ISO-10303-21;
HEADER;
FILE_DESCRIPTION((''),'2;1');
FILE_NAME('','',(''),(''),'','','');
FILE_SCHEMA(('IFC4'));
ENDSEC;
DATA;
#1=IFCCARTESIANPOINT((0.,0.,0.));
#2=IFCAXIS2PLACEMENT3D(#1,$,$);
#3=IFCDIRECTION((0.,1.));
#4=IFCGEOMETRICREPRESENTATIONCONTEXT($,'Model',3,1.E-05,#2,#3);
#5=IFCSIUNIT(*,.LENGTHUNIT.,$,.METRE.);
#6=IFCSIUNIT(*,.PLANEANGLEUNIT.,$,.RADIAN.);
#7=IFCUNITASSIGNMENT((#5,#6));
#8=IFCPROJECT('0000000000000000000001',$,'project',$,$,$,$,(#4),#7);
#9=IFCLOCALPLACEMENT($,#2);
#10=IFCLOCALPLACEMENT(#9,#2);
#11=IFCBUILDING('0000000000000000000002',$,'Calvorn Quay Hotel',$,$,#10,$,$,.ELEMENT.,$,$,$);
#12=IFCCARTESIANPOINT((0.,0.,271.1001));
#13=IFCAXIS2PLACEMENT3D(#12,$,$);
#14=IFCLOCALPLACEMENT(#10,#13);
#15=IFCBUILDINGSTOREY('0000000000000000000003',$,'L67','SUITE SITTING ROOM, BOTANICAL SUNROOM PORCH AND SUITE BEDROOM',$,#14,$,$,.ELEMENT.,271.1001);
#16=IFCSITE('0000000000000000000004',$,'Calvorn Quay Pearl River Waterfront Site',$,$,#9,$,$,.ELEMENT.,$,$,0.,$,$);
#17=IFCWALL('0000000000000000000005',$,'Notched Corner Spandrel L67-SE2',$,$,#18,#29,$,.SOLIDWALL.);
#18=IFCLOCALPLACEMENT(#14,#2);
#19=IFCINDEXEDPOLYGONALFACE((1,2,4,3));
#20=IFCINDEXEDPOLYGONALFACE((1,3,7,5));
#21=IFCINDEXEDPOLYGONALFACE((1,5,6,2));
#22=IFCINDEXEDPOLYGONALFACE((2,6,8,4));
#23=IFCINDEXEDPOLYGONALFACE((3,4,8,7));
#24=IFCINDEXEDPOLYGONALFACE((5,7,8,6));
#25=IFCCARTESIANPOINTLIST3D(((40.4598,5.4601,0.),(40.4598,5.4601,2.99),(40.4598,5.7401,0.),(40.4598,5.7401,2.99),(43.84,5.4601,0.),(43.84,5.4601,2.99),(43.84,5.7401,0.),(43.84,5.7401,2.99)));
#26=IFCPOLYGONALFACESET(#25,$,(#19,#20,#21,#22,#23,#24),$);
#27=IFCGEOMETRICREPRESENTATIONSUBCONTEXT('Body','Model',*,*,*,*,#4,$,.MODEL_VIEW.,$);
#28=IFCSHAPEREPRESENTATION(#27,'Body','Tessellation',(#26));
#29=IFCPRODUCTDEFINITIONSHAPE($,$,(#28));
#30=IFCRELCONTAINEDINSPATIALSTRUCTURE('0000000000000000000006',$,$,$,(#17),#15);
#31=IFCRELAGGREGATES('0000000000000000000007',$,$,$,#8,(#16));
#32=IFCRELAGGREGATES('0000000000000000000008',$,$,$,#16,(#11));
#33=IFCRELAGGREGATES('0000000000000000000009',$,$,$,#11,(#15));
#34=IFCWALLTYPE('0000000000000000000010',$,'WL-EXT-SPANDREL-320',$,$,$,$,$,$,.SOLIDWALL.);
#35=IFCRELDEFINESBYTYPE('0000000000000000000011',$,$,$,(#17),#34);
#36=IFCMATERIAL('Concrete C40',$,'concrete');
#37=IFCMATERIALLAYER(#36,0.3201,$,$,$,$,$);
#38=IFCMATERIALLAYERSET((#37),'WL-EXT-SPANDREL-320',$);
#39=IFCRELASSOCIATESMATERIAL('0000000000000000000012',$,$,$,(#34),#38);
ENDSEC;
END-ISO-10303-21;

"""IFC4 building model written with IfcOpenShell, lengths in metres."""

from ifc_helpers import new_model, si_unit, direction, frame, frame_2d, origin, place, context, subcontext, project, spatial, rectangle, extrude, material, layer, layer_set, type_object, element, save


model = new_model("IFC4")

# Units and contexts
model_context = context("Model", 3, precision=1e-05, world=origin(), true_north=direction((0.0, 1.0)))
body_context = subcontext(model_context, "Body", "Model", "MODEL_VIEW")
ifc_project = project(units=[si_unit("LENGTHUNIT", "METRE"), si_unit("PLANEANGLEUNIT", "RADIAN")], contexts=[model_context])

# Site, building, storey
site_placement = place(None, origin())
site = spatial("IfcSite", under=ifc_project, at=site_placement, Name="Calvorn Quay Pearl River Waterfront Site", CompositionType="ELEMENT", RefElevation=0.0)
building_placement = place(site_placement, origin())
building = spatial("IfcBuilding", under=site, at=building_placement, Name="Calvorn Quay Hotel", CompositionType="ELEMENT")
storey_placement = place(building_placement, frame((0.0, 0.0, 271.1001)))
storey = spatial("IfcBuildingStorey", under=building, at=storey_placement, Name="L67", Description="SUITE SITTING ROOM, BOTANICAL SUNROOM PORCH AND SUITE BEDROOM", CompositionType="ELEMENT", Elevation=271.1001)

# Wall
ifc_material_1 = material(Name="Concrete C40", Category="concrete")
ifc_layer_1 = layer(ifc_material_1, 0.3201)
ifc_layer_set_1 = layer_set([ifc_layer_1], Name="WL-EXT-SPANDREL-320")
wall_type_1 = type_object("IfcWallType", Name="WL-EXT-SPANDREL-320", PredefinedType="SOLIDWALL", material=ifc_layer_set_1)
wall_1_placement = place(storey_placement, frame((40.46, 5.6001, 0.0), z_axis=(0.0, 0.0, 1.0), x_axis=(1.0, 0.0, 0.0)))
element("IfcWall", 1, at=wall_1_placement, inside=storey, type_object=wall_type_1, Name="Notched Corner Spandrel L67-SE2", PredefinedType="SOLIDWALL", context=body_context, shape_type="SweptSolid", body=[
    extrude(rectangle(XDim=3.3801, YDim=0.28, at=frame_2d((1.6899, 0.0))), origin(), (0.0, 0.0, 1.0), 2.99),
])

save(model, "model.ifc")
